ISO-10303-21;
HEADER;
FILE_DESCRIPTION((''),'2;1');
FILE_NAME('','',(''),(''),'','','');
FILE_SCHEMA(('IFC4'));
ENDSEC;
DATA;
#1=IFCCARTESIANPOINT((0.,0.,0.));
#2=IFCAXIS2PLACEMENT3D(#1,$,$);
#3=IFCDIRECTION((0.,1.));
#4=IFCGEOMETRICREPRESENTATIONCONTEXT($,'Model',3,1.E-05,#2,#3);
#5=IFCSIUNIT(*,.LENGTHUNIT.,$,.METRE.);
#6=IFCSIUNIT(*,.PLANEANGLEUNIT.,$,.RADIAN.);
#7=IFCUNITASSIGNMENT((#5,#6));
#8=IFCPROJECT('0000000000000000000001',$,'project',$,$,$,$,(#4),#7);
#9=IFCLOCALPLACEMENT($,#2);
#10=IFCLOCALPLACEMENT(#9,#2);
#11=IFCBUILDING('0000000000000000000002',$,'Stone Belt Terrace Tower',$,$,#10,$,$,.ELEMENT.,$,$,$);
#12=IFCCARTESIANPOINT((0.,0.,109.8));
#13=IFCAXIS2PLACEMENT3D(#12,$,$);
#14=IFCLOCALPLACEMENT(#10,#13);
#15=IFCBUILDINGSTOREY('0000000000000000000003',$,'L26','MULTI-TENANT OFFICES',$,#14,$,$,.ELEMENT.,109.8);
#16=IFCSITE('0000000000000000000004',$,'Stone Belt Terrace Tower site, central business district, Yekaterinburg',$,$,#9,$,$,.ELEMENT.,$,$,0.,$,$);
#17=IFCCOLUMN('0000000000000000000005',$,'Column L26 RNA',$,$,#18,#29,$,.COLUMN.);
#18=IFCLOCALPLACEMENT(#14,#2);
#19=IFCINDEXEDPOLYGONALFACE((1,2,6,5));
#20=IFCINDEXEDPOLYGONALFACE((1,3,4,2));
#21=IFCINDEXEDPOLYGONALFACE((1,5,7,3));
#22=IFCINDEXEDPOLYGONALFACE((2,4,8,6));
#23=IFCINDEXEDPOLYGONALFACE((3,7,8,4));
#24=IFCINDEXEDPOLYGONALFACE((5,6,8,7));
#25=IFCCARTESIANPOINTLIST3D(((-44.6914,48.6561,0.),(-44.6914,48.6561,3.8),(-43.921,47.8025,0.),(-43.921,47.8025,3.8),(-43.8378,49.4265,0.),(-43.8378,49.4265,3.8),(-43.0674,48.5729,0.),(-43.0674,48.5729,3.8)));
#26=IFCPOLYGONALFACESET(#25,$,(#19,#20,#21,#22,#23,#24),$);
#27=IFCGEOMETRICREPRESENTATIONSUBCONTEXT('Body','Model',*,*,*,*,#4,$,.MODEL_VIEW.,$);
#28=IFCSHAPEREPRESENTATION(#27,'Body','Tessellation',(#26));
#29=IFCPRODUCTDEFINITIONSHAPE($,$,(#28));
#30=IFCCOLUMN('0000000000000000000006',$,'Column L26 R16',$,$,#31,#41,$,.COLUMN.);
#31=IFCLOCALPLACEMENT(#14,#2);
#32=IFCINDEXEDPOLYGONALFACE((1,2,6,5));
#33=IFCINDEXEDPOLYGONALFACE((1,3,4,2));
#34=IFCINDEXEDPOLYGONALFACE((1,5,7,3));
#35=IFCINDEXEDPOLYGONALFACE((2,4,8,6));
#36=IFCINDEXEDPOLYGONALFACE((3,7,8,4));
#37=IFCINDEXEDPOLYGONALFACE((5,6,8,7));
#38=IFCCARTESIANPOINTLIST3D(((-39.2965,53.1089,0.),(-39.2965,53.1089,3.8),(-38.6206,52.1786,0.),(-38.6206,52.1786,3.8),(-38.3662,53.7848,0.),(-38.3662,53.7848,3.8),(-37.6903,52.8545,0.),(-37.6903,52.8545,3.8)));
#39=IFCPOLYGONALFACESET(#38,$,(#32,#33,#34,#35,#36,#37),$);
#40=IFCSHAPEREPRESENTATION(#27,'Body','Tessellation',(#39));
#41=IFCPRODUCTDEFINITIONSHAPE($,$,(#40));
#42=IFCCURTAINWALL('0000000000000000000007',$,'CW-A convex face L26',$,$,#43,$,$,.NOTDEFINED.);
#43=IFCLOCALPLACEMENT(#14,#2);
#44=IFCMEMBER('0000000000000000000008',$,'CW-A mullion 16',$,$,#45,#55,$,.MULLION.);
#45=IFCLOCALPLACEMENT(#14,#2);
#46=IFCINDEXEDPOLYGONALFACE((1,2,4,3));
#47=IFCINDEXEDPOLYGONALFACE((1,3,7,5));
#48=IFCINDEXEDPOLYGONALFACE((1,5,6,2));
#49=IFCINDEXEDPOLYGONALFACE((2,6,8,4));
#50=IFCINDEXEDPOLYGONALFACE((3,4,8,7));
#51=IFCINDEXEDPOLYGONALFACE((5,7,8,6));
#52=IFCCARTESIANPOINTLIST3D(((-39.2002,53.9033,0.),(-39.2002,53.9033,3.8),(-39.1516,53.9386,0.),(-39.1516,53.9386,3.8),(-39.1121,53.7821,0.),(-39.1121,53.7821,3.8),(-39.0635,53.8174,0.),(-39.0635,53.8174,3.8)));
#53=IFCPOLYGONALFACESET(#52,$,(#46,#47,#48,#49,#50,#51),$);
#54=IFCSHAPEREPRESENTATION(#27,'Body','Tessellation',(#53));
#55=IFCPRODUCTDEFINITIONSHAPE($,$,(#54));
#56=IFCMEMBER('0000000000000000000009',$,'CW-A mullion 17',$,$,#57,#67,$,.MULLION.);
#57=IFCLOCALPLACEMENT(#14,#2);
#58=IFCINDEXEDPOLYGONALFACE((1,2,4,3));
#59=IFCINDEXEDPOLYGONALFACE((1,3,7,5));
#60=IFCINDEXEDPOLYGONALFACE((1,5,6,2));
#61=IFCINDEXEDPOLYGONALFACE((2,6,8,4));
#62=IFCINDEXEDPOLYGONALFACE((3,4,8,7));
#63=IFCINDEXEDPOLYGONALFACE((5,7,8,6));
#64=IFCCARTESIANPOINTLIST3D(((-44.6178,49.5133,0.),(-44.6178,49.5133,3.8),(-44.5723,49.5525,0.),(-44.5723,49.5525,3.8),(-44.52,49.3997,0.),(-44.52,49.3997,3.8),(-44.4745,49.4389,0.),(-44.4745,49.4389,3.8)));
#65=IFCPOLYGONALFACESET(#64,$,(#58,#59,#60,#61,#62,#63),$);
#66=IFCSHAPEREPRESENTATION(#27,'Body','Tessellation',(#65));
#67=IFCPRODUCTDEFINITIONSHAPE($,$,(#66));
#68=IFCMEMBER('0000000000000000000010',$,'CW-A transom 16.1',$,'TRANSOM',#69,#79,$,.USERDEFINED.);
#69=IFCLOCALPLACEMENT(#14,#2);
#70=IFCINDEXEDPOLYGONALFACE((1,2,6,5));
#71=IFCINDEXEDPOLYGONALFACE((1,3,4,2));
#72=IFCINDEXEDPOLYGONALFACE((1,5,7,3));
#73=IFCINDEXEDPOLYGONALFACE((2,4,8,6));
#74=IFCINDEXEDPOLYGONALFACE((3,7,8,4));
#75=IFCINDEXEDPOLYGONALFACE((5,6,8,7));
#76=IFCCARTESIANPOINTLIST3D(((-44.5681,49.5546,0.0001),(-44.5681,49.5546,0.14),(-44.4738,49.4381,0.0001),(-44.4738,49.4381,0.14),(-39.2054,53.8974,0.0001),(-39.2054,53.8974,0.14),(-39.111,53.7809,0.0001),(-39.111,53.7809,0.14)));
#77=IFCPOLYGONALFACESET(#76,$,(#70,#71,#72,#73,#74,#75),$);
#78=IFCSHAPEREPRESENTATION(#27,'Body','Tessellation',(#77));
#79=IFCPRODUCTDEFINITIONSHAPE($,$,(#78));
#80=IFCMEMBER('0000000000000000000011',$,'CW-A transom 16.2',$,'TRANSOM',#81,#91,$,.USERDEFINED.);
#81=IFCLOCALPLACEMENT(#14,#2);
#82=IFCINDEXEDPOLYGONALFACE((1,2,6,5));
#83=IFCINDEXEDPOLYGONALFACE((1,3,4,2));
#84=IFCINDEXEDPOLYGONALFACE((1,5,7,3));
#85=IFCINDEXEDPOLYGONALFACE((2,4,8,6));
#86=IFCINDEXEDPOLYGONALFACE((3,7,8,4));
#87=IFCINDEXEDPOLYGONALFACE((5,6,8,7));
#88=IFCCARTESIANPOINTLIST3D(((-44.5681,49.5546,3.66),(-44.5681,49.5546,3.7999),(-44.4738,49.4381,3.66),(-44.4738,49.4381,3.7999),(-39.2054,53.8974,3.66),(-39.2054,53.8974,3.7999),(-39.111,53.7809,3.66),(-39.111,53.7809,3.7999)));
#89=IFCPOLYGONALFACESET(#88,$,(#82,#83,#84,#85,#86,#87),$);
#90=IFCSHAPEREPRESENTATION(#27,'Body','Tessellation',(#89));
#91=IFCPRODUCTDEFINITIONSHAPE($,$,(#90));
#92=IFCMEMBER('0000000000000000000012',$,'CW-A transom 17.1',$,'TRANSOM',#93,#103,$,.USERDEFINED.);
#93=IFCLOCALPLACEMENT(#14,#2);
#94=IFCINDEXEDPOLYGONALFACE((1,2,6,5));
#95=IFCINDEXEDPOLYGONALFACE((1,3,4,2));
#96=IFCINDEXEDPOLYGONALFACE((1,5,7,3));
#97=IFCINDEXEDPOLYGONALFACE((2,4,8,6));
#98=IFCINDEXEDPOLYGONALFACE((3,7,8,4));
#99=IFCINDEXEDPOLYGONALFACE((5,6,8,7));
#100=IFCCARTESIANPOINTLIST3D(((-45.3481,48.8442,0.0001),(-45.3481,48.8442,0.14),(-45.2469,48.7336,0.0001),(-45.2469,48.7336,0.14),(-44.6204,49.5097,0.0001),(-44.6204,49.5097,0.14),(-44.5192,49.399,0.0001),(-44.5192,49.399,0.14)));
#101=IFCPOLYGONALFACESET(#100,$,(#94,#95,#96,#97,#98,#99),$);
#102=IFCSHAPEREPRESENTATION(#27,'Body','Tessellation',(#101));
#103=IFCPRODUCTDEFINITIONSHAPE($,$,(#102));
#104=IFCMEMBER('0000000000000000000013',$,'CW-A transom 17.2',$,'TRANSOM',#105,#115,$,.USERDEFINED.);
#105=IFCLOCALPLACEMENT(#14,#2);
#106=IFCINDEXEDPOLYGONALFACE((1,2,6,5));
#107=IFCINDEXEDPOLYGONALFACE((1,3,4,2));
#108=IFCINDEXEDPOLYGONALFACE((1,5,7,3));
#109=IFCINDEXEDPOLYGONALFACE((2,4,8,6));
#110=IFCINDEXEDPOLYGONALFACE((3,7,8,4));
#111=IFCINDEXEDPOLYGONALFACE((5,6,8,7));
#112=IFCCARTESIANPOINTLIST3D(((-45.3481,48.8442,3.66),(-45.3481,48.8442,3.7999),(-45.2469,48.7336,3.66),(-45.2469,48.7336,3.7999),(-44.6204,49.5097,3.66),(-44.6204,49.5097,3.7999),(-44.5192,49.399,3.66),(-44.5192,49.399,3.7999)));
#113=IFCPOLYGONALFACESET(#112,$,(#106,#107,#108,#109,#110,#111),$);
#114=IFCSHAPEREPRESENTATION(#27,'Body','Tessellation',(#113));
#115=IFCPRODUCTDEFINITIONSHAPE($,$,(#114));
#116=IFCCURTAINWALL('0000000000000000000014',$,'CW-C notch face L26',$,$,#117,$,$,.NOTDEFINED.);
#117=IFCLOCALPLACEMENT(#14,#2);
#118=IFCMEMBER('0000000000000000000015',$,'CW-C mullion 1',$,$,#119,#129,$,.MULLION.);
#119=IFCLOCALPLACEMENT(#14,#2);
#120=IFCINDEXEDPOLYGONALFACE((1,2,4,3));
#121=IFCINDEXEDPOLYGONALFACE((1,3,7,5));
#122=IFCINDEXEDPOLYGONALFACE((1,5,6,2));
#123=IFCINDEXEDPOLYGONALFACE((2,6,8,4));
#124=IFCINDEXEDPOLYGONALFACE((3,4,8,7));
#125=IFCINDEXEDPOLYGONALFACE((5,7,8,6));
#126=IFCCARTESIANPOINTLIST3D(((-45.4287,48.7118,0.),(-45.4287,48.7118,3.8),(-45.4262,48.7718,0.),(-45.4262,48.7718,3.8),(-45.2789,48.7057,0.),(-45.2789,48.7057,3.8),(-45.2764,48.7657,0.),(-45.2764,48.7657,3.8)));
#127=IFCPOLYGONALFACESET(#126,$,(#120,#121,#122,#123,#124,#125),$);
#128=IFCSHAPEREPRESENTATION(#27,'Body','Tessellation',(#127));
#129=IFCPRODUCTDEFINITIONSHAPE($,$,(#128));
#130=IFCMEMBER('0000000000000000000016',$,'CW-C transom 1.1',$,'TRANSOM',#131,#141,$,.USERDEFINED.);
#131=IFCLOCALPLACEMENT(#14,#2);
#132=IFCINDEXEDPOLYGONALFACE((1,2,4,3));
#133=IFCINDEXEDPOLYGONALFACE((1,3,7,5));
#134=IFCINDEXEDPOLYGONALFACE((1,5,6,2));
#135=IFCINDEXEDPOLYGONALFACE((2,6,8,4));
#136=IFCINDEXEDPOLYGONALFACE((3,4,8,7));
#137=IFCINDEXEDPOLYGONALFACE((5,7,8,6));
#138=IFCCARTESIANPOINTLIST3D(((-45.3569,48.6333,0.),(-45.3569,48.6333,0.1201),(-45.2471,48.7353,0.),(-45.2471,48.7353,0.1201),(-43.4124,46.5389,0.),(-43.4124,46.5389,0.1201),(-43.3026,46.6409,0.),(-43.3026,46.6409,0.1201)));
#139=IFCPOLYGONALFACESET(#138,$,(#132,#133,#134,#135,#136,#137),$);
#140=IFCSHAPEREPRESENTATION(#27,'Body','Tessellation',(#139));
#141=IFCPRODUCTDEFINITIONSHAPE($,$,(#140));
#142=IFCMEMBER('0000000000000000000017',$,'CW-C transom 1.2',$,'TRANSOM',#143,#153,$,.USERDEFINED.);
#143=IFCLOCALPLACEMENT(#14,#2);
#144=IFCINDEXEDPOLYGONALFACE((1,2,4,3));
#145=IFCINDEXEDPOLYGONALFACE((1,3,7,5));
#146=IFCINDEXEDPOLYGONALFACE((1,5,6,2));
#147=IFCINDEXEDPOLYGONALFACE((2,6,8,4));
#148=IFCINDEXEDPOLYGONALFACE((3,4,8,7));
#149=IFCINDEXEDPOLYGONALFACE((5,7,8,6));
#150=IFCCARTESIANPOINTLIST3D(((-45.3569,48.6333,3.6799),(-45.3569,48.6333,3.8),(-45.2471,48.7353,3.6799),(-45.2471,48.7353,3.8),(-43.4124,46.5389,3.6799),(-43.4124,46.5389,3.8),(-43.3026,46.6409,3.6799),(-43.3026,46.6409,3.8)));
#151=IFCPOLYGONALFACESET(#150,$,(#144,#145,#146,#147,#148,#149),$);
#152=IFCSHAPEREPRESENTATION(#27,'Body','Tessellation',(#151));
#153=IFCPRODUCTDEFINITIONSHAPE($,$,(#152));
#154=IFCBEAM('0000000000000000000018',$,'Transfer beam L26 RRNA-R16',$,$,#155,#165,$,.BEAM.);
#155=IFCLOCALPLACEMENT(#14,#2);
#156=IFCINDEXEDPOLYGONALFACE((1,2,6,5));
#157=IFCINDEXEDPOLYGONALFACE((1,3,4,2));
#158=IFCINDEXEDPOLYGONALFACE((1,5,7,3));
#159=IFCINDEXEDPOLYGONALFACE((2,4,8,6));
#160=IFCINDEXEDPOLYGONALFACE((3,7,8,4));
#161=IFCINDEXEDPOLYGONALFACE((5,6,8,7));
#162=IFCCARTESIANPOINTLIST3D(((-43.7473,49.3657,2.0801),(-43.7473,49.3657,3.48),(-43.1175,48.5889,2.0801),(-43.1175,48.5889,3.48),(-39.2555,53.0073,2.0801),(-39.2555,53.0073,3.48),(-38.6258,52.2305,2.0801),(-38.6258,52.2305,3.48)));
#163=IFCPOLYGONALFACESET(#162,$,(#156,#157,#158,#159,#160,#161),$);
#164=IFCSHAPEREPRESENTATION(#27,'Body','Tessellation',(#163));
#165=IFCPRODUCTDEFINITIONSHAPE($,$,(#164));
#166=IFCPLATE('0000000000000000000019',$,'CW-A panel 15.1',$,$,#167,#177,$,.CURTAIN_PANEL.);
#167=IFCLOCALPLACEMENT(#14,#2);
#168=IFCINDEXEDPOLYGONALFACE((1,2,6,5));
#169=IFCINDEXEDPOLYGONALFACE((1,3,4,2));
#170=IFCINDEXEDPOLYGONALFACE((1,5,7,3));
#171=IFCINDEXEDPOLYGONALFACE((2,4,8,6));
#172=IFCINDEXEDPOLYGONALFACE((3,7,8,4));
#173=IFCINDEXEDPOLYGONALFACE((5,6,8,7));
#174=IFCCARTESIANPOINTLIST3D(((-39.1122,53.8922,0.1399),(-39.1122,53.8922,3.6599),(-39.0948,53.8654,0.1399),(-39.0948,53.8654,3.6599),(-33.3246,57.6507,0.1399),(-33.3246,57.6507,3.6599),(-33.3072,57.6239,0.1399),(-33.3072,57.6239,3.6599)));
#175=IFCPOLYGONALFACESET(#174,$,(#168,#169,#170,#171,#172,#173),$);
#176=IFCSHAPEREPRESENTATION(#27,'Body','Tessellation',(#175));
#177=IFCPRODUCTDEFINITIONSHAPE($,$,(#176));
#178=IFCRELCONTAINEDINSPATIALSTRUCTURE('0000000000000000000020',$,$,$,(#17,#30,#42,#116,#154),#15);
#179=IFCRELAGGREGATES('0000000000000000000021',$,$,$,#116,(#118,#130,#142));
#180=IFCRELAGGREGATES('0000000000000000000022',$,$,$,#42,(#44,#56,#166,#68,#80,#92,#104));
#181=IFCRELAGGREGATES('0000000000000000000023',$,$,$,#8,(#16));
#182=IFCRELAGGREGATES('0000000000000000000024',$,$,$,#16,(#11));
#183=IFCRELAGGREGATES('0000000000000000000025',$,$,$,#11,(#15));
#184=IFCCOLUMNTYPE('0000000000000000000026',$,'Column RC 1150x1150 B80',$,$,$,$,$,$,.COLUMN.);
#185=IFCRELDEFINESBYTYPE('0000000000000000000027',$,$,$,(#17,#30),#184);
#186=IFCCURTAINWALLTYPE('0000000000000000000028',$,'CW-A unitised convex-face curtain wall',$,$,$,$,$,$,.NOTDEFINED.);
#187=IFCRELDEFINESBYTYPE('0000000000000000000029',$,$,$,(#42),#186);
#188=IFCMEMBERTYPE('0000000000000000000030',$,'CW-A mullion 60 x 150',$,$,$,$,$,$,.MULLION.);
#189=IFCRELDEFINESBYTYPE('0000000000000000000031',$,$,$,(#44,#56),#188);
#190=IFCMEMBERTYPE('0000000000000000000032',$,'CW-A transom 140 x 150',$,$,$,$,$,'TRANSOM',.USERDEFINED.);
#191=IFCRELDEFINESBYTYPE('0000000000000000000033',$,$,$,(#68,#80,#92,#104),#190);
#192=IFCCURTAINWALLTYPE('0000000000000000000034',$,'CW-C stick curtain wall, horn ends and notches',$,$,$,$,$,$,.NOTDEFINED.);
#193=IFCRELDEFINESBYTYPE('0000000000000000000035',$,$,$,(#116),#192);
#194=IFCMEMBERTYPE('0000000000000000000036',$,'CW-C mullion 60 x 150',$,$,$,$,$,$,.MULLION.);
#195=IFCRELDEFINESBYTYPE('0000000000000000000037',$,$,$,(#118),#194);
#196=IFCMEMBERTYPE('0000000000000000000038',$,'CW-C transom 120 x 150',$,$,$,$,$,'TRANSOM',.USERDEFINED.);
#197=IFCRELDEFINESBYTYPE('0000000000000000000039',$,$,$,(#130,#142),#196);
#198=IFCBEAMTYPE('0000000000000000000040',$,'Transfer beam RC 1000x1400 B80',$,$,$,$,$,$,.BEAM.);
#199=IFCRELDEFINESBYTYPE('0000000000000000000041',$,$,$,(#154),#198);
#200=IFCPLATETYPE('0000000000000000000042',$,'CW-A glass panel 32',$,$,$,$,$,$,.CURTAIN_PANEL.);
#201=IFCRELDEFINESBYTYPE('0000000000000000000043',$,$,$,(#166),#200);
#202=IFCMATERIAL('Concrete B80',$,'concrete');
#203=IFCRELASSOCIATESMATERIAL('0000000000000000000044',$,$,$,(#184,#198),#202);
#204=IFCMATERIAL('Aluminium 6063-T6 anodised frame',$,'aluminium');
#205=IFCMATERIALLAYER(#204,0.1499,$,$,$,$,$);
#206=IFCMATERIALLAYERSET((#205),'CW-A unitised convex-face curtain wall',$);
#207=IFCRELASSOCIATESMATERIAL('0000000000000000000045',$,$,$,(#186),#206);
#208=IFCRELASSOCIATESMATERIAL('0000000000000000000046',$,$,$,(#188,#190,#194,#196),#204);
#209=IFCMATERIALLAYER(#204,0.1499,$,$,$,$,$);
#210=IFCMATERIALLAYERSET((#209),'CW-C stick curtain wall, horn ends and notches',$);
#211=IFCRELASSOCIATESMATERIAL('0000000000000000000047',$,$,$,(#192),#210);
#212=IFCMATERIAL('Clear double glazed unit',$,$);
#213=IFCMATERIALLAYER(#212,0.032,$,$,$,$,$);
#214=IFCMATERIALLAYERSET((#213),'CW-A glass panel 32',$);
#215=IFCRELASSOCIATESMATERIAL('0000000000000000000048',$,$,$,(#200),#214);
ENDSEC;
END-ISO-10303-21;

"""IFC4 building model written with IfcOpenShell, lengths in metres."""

from ifc_helpers import new_model, si_unit, direction, frame, origin, origin_2d, place, context, subcontext, project, spatial, rectangle, extrude, material, layer, layer_set, material_profile, profile_set, type_object, element, aggregate, save


model = new_model("IFC4")

# Units and contexts
model_context = context("Model", 3, precision=1e-05, world=origin(), true_north=direction((0.0, 1.0)))
body_context = subcontext(model_context, "Body", "Model", "MODEL_VIEW")
ifc_project = project(units=[si_unit("LENGTHUNIT", "METRE"), si_unit("PLANEANGLEUNIT", "RADIAN")], contexts=[model_context])

# Site, building, storey
site_placement = place(None, origin())
site = spatial("IfcSite", under=ifc_project, at=site_placement, Name="Stone Belt Terrace Tower site, central business district, Yekaterinburg", CompositionType="ELEMENT", RefElevation=0.0)
building_placement = place(site_placement, origin())
building = spatial("IfcBuilding", under=site, at=building_placement, Name="Stone Belt Terrace Tower", CompositionType="ELEMENT")
storey_placement = place(building_placement, frame((0.0, 0.0, 109.8)))
storey = spatial("IfcBuildingStorey", under=building, at=storey_placement, Name="L26", Description="MULTI-TENANT OFFICES", CompositionType="ELEMENT", Elevation=109.8)

# Columns
ifc_material_1 = material(Name="Concrete B80", Category="concrete")
ifc_material_profile_1 = material_profile(ifc_material_1, rectangle(XDim=1.1499, YDim=1.1499, at=origin_2d()), Name="RC 1150x1150")
ifc_profile_set_1 = profile_set([ifc_material_profile_1], Name="Concrete B80")
column_type = type_object("IfcColumnType", Name="Column RC 1150x1150 B80", PredefinedType="COLUMN", material=ifc_profile_set_1)
for number, where, z_axis, x_axis, name in (
    (1, (-43.8794, 48.6145, 0.0), (0.0, 0.0, 1.0), (0.742334, 0.67003, 0.0), "Column L26 RNA"),
    (2, (-38.4934, 52.9817, 0.0), (0.0, 0.0, 1.0), (0.809017, 0.587785, 0.0), "Column L26 R16"),
):
    element("IfcColumn", number, at=place(storey_placement, frame(where, z_axis=z_axis, x_axis=x_axis)), inside=storey, type_object=column_type, Name=name, PredefinedType="COLUMN", context=body_context, shape_type="SweptSolid", body=[
        extrude(rectangle(XDim=1.1499, YDim=1.1499, at=origin_2d()), origin(), (0.0, 0.0, 1.0), 3.8),
    ])

# Curtain walls, members
ifc_material_2 = material(Name="Aluminium 6063-T6 anodised frame", Category="aluminium")
ifc_layer_1 = layer(ifc_material_2, 0.1499)
ifc_layer_set_1 = layer_set([ifc_layer_1], Name="CW-A unitised convex-face curtain wall")
curtain_wall_type_1 = type_object("IfcCurtainWallType", Name="CW-A unitised convex-face curtain wall", PredefinedType="NOTDEFINED", material=ifc_layer_set_1)
curtain_wall_1_placement = place(storey_placement, origin())
curtain_wall_1 = element("IfcCurtainWall", 3, at=curtain_wall_1_placement, inside=storey, type_object=curtain_wall_type_1, Name="CW-A convex face L26", PredefinedType="NOTDEFINED")
ifc_material_profile_2 = material_profile(ifc_material_2, rectangle(XDim=0.1499, YDim=0.0601, at=origin_2d()), Name="Aluminium 6063-T6 60x150")
ifc_profile_set_2 = profile_set([ifc_material_profile_2], Name="Aluminium 6063-T6 anodised frame")
member_type_1 = type_object("IfcMemberType", Name="CW-A mullion 60 x 150", PredefinedType="MULLION", material=ifc_profile_set_2)
member_1_placement = place(storey_placement, frame((-39.1318, 53.8604, 0.0), z_axis=(0.0, 0.0, 1.0), x_axis=(0.587785, -0.809017, 0.0)))
member_1 = element("IfcMember", 4, at=member_1_placement, type_object=member_type_1, Name="CW-A mullion 16", PredefinedType="MULLION", context=body_context, shape_type="SweptSolid", body=[
    extrude(rectangle(XDim=0.1499, YDim=0.0601, at=origin_2d()), origin(), (0.0, 0.0, 1.0), 3.8),
])
member_2_placement = place(storey_placement, frame((-44.5461, 49.4761, 0.0), z_axis=(0.0, 0.0, 1.0), x_axis=(0.652344, -0.757923, 0.0)))
member_2 = element("IfcMember", 5, at=member_2_placement, type_object=member_type_1, Name="CW-A mullion 17", PredefinedType="MULLION", context=body_context, shape_type="SweptSolid", body=[
    extrude(rectangle(XDim=0.1499, YDim=0.0601, at=origin_2d()), origin(), (0.0, 0.0, 1.0), 3.8),
])
ifc_material_profile_3 = material_profile(ifc_material_2, rectangle(XDim=0.1499, YDim=0.1399, at=origin_2d()), Name="Aluminium 6063-T6 150x140")
ifc_profile_set_3 = profile_set([ifc_material_profile_3], Name="Aluminium 6063-T6 anodised frame")
member_type_2 = type_object("IfcMemberType", Name="CW-A transom 140 x 150", ElementType="TRANSOM", PredefinedType="USERDEFINED", material=ifc_profile_set_3)
member_3_placement = place(storey_placement, frame((-39.1582, 53.8391, 0.0701), z_axis=(-0.777141, -0.629326, 0.0), x_axis=(0.629326, -0.777141, 0.0)))
member_3 = element("IfcMember", 6, at=member_3_placement, type_object=member_type_2, Name="CW-A transom 16.1", ObjectType="TRANSOM", PredefinedType="USERDEFINED", context=body_context, shape_type="SweptSolid", body=[
    extrude(rectangle(XDim=0.1499, YDim=0.1399, at=origin_2d()), origin(), (0.0, 0.0, 1.0), 6.9006),
])
member_4_placement = place(storey_placement, frame((-39.1582, 53.8391, 3.73), z_axis=(-0.777141, -0.629326, 0.0), x_axis=(0.629326, -0.777141, 0.0)))
member_4 = element("IfcMember", 7, at=member_4_placement, type_object=member_type_2, Name="CW-A transom 16.2", ObjectType="TRANSOM", PredefinedType="USERDEFINED", context=body_context, shape_type="SweptSolid", body=[
    extrude(rectangle(XDim=0.1499, YDim=0.1399, at=origin_2d()), origin(), (0.0, 0.0, 1.0), 6.9006),
])
member_5_placement = place(storey_placement, frame((-44.5698, 49.4543, 0.0701), z_axis=(-0.737965, -0.674839, 0.0), x_axis=(0.674839, -0.737965, 0.0)))
member_5 = element("IfcMember", 8, at=member_5_placement, type_object=member_type_2, Name="CW-A transom 17.1", ObjectType="TRANSOM", PredefinedType="USERDEFINED", context=body_context, shape_type="SweptSolid", body=[
    extrude(rectangle(XDim=0.1499, YDim=0.1399, at=origin_2d()), origin(), (0.0, 0.0, 1.0), 0.9861),
])
member_6_placement = place(storey_placement, frame((-44.5698, 49.4543, 3.73), z_axis=(-0.737965, -0.674839, 0.0), x_axis=(0.674839, -0.737965, 0.0)))
member_6 = element("IfcMember", 9, at=member_6_placement, type_object=member_type_2, Name="CW-A transom 17.2", ObjectType="TRANSOM", PredefinedType="USERDEFINED", context=body_context, shape_type="SweptSolid", body=[
    extrude(rectangle(XDim=0.1499, YDim=0.1399, at=origin_2d()), origin(), (0.0, 0.0, 1.0), 0.9861),
])
ifc_layer_2 = layer(ifc_material_2, 0.1499)
ifc_layer_set_2 = layer_set([ifc_layer_2], Name="CW-C stick curtain wall, horn ends and notches")
curtain_wall_type_2 = type_object("IfcCurtainWallType", Name="CW-C stick curtain wall, horn ends and notches", PredefinedType="NOTDEFINED", material=ifc_layer_set_2)
curtain_wall_2_placement = place(storey_placement, origin())
curtain_wall_2 = element("IfcCurtainWall", 10, at=curtain_wall_2_placement, inside=storey, type_object=curtain_wall_type_2, Name="CW-C notch face L26", PredefinedType="NOTDEFINED")
ifc_material_profile_4 = material_profile(ifc_material_2, rectangle(XDim=0.1499, YDim=0.0601, at=origin_2d()), Name="Aluminium 6063-T6 60x150")
ifc_profile_set_4 = profile_set([ifc_material_profile_4], Name="Aluminium 6063-T6 anodised frame")
member_type_3 = type_object("IfcMemberType", Name="CW-C mullion 60 x 150", PredefinedType="MULLION", material=ifc_profile_set_4)
member_7_placement = place(storey_placement, frame((-45.3525, 48.7388, 0.0), z_axis=(0.0, 0.0, 1.0), x_axis=(0.999163, -0.040904, 0.0)))
member_7 = element("IfcMember", 11, at=member_7_placement, type_object=member_type_3, Name="CW-C mullion 1", PredefinedType="MULLION", context=body_context, shape_type="SweptSolid", body=[
    extrude(rectangle(XDim=0.1499, YDim=0.0601, at=origin_2d()), origin(), (0.0, 0.0, 1.0), 3.8),
])
ifc_material_profile_5 = material_profile(ifc_material_2, rectangle(XDim=0.1499, YDim=0.1201, at=origin_2d()), Name="Aluminium 6063-T6 150x120")
ifc_profile_set_5 = profile_set([ifc_material_profile_5], Name="Aluminium 6063-T6 anodised frame")
member_type_4 = type_object("IfcMemberType", Name="CW-C transom 120 x 150", ElementType="TRANSOM", PredefinedType="USERDEFINED", material=ifc_profile_set_5)
member_8_placement = place(storey_placement, frame((-45.302, 48.6843, 0.0601), z_axis=(0.680395, -0.732845, 0.0), x_axis=(0.732845, 0.680395, 0.0)))
member_8 = element("IfcMember", 12, at=member_8_placement, type_object=member_type_4, Name="CW-C transom 1.1", ObjectType="TRANSOM", PredefinedType="USERDEFINED", context=body_context, shape_type="SweptSolid", body=[
    extrude(rectangle(XDim=0.1499, YDim=0.1201, at=origin_2d()), origin(), (0.0, 0.0, 1.0), 2.8579),
])
member_9_placement = place(storey_placement, frame((-45.302, 48.6843, 3.74), z_axis=(0.680395, -0.732845, 0.0), x_axis=(0.732845, 0.680395, 0.0)))
member_9 = element("IfcMember", 13, at=member_9_placement, type_object=member_type_4, Name="CW-C transom 1.2", ObjectType="TRANSOM", PredefinedType="USERDEFINED", context=body_context, shape_type="SweptSolid", body=[
    extrude(rectangle(XDim=0.1499, YDim=0.1201, at=origin_2d()), origin(), (0.0, 0.0, 1.0), 2.8579),
])
aggregate(curtain_wall_2, [member_7, member_8, member_9])

# Beam
ifc_material_profile_6 = material_profile(ifc_material_1, rectangle(XDim=1.0, YDim=1.3999, at=origin_2d()), Name="RC 1000x1400")
ifc_profile_set_6 = profile_set([ifc_material_profile_6], Name="Concrete B80")
beam_type = type_object("IfcBeamType", Name="Transfer beam RC 1000x1400 B80", PredefinedType="BEAM", material=ifc_profile_set_6)
beam_placement = place(storey_placement, frame((-43.4324, 48.9773, 2.78), z_axis=(0.776783, 0.629769, 0.0), x_axis=(-0.629769, 0.776783, 0.0)))
element("IfcBeam", 14, at=beam_placement, inside=storey, type_object=beam_type, Name="Transfer beam L26 RRNA-R16", PredefinedType="BEAM", context=body_context, shape_type="SweptSolid", body=[
    extrude(rectangle(XDim=1.0, YDim=1.3999, at=origin_2d()), origin(), (0.0, 0.0, 1.0), 5.7825),
])

# Plate
ifc_material_3 = material(Name="Clear double glazed unit")
ifc_layer_3 = layer(ifc_material_3, 0.032)
ifc_layer_set_3 = layer_set([ifc_layer_3], Name="CW-A glass panel 32")
plate_type_1 = type_object("IfcPlateType", Name="CW-A glass panel 32", PredefinedType="CURTAIN_PANEL", material=ifc_layer_set_3)
plate_1_placement = place(storey_placement, frame((-36.2097, 55.7581, 0.1399), z_axis=(0.0, 0.0, 1.0), x_axis=(-0.838671, -0.544639, 0.0)))
plate_1 = element("IfcPlate", 15, at=plate_1_placement, type_object=plate_type_1, Name="CW-A panel 15.1", PredefinedType="CURTAIN_PANEL", context=body_context, shape_type="SweptSolid", body=[
    extrude(rectangle(XDim=6.9009, YDim=0.032, at=origin_2d()), origin(), (0.0, 0.0, 1.0), 3.52),
])
aggregate(curtain_wall_1, [member_1, member_2, plate_1, member_3, member_4, member_5, member_6])

save(model, "model.ifc")
